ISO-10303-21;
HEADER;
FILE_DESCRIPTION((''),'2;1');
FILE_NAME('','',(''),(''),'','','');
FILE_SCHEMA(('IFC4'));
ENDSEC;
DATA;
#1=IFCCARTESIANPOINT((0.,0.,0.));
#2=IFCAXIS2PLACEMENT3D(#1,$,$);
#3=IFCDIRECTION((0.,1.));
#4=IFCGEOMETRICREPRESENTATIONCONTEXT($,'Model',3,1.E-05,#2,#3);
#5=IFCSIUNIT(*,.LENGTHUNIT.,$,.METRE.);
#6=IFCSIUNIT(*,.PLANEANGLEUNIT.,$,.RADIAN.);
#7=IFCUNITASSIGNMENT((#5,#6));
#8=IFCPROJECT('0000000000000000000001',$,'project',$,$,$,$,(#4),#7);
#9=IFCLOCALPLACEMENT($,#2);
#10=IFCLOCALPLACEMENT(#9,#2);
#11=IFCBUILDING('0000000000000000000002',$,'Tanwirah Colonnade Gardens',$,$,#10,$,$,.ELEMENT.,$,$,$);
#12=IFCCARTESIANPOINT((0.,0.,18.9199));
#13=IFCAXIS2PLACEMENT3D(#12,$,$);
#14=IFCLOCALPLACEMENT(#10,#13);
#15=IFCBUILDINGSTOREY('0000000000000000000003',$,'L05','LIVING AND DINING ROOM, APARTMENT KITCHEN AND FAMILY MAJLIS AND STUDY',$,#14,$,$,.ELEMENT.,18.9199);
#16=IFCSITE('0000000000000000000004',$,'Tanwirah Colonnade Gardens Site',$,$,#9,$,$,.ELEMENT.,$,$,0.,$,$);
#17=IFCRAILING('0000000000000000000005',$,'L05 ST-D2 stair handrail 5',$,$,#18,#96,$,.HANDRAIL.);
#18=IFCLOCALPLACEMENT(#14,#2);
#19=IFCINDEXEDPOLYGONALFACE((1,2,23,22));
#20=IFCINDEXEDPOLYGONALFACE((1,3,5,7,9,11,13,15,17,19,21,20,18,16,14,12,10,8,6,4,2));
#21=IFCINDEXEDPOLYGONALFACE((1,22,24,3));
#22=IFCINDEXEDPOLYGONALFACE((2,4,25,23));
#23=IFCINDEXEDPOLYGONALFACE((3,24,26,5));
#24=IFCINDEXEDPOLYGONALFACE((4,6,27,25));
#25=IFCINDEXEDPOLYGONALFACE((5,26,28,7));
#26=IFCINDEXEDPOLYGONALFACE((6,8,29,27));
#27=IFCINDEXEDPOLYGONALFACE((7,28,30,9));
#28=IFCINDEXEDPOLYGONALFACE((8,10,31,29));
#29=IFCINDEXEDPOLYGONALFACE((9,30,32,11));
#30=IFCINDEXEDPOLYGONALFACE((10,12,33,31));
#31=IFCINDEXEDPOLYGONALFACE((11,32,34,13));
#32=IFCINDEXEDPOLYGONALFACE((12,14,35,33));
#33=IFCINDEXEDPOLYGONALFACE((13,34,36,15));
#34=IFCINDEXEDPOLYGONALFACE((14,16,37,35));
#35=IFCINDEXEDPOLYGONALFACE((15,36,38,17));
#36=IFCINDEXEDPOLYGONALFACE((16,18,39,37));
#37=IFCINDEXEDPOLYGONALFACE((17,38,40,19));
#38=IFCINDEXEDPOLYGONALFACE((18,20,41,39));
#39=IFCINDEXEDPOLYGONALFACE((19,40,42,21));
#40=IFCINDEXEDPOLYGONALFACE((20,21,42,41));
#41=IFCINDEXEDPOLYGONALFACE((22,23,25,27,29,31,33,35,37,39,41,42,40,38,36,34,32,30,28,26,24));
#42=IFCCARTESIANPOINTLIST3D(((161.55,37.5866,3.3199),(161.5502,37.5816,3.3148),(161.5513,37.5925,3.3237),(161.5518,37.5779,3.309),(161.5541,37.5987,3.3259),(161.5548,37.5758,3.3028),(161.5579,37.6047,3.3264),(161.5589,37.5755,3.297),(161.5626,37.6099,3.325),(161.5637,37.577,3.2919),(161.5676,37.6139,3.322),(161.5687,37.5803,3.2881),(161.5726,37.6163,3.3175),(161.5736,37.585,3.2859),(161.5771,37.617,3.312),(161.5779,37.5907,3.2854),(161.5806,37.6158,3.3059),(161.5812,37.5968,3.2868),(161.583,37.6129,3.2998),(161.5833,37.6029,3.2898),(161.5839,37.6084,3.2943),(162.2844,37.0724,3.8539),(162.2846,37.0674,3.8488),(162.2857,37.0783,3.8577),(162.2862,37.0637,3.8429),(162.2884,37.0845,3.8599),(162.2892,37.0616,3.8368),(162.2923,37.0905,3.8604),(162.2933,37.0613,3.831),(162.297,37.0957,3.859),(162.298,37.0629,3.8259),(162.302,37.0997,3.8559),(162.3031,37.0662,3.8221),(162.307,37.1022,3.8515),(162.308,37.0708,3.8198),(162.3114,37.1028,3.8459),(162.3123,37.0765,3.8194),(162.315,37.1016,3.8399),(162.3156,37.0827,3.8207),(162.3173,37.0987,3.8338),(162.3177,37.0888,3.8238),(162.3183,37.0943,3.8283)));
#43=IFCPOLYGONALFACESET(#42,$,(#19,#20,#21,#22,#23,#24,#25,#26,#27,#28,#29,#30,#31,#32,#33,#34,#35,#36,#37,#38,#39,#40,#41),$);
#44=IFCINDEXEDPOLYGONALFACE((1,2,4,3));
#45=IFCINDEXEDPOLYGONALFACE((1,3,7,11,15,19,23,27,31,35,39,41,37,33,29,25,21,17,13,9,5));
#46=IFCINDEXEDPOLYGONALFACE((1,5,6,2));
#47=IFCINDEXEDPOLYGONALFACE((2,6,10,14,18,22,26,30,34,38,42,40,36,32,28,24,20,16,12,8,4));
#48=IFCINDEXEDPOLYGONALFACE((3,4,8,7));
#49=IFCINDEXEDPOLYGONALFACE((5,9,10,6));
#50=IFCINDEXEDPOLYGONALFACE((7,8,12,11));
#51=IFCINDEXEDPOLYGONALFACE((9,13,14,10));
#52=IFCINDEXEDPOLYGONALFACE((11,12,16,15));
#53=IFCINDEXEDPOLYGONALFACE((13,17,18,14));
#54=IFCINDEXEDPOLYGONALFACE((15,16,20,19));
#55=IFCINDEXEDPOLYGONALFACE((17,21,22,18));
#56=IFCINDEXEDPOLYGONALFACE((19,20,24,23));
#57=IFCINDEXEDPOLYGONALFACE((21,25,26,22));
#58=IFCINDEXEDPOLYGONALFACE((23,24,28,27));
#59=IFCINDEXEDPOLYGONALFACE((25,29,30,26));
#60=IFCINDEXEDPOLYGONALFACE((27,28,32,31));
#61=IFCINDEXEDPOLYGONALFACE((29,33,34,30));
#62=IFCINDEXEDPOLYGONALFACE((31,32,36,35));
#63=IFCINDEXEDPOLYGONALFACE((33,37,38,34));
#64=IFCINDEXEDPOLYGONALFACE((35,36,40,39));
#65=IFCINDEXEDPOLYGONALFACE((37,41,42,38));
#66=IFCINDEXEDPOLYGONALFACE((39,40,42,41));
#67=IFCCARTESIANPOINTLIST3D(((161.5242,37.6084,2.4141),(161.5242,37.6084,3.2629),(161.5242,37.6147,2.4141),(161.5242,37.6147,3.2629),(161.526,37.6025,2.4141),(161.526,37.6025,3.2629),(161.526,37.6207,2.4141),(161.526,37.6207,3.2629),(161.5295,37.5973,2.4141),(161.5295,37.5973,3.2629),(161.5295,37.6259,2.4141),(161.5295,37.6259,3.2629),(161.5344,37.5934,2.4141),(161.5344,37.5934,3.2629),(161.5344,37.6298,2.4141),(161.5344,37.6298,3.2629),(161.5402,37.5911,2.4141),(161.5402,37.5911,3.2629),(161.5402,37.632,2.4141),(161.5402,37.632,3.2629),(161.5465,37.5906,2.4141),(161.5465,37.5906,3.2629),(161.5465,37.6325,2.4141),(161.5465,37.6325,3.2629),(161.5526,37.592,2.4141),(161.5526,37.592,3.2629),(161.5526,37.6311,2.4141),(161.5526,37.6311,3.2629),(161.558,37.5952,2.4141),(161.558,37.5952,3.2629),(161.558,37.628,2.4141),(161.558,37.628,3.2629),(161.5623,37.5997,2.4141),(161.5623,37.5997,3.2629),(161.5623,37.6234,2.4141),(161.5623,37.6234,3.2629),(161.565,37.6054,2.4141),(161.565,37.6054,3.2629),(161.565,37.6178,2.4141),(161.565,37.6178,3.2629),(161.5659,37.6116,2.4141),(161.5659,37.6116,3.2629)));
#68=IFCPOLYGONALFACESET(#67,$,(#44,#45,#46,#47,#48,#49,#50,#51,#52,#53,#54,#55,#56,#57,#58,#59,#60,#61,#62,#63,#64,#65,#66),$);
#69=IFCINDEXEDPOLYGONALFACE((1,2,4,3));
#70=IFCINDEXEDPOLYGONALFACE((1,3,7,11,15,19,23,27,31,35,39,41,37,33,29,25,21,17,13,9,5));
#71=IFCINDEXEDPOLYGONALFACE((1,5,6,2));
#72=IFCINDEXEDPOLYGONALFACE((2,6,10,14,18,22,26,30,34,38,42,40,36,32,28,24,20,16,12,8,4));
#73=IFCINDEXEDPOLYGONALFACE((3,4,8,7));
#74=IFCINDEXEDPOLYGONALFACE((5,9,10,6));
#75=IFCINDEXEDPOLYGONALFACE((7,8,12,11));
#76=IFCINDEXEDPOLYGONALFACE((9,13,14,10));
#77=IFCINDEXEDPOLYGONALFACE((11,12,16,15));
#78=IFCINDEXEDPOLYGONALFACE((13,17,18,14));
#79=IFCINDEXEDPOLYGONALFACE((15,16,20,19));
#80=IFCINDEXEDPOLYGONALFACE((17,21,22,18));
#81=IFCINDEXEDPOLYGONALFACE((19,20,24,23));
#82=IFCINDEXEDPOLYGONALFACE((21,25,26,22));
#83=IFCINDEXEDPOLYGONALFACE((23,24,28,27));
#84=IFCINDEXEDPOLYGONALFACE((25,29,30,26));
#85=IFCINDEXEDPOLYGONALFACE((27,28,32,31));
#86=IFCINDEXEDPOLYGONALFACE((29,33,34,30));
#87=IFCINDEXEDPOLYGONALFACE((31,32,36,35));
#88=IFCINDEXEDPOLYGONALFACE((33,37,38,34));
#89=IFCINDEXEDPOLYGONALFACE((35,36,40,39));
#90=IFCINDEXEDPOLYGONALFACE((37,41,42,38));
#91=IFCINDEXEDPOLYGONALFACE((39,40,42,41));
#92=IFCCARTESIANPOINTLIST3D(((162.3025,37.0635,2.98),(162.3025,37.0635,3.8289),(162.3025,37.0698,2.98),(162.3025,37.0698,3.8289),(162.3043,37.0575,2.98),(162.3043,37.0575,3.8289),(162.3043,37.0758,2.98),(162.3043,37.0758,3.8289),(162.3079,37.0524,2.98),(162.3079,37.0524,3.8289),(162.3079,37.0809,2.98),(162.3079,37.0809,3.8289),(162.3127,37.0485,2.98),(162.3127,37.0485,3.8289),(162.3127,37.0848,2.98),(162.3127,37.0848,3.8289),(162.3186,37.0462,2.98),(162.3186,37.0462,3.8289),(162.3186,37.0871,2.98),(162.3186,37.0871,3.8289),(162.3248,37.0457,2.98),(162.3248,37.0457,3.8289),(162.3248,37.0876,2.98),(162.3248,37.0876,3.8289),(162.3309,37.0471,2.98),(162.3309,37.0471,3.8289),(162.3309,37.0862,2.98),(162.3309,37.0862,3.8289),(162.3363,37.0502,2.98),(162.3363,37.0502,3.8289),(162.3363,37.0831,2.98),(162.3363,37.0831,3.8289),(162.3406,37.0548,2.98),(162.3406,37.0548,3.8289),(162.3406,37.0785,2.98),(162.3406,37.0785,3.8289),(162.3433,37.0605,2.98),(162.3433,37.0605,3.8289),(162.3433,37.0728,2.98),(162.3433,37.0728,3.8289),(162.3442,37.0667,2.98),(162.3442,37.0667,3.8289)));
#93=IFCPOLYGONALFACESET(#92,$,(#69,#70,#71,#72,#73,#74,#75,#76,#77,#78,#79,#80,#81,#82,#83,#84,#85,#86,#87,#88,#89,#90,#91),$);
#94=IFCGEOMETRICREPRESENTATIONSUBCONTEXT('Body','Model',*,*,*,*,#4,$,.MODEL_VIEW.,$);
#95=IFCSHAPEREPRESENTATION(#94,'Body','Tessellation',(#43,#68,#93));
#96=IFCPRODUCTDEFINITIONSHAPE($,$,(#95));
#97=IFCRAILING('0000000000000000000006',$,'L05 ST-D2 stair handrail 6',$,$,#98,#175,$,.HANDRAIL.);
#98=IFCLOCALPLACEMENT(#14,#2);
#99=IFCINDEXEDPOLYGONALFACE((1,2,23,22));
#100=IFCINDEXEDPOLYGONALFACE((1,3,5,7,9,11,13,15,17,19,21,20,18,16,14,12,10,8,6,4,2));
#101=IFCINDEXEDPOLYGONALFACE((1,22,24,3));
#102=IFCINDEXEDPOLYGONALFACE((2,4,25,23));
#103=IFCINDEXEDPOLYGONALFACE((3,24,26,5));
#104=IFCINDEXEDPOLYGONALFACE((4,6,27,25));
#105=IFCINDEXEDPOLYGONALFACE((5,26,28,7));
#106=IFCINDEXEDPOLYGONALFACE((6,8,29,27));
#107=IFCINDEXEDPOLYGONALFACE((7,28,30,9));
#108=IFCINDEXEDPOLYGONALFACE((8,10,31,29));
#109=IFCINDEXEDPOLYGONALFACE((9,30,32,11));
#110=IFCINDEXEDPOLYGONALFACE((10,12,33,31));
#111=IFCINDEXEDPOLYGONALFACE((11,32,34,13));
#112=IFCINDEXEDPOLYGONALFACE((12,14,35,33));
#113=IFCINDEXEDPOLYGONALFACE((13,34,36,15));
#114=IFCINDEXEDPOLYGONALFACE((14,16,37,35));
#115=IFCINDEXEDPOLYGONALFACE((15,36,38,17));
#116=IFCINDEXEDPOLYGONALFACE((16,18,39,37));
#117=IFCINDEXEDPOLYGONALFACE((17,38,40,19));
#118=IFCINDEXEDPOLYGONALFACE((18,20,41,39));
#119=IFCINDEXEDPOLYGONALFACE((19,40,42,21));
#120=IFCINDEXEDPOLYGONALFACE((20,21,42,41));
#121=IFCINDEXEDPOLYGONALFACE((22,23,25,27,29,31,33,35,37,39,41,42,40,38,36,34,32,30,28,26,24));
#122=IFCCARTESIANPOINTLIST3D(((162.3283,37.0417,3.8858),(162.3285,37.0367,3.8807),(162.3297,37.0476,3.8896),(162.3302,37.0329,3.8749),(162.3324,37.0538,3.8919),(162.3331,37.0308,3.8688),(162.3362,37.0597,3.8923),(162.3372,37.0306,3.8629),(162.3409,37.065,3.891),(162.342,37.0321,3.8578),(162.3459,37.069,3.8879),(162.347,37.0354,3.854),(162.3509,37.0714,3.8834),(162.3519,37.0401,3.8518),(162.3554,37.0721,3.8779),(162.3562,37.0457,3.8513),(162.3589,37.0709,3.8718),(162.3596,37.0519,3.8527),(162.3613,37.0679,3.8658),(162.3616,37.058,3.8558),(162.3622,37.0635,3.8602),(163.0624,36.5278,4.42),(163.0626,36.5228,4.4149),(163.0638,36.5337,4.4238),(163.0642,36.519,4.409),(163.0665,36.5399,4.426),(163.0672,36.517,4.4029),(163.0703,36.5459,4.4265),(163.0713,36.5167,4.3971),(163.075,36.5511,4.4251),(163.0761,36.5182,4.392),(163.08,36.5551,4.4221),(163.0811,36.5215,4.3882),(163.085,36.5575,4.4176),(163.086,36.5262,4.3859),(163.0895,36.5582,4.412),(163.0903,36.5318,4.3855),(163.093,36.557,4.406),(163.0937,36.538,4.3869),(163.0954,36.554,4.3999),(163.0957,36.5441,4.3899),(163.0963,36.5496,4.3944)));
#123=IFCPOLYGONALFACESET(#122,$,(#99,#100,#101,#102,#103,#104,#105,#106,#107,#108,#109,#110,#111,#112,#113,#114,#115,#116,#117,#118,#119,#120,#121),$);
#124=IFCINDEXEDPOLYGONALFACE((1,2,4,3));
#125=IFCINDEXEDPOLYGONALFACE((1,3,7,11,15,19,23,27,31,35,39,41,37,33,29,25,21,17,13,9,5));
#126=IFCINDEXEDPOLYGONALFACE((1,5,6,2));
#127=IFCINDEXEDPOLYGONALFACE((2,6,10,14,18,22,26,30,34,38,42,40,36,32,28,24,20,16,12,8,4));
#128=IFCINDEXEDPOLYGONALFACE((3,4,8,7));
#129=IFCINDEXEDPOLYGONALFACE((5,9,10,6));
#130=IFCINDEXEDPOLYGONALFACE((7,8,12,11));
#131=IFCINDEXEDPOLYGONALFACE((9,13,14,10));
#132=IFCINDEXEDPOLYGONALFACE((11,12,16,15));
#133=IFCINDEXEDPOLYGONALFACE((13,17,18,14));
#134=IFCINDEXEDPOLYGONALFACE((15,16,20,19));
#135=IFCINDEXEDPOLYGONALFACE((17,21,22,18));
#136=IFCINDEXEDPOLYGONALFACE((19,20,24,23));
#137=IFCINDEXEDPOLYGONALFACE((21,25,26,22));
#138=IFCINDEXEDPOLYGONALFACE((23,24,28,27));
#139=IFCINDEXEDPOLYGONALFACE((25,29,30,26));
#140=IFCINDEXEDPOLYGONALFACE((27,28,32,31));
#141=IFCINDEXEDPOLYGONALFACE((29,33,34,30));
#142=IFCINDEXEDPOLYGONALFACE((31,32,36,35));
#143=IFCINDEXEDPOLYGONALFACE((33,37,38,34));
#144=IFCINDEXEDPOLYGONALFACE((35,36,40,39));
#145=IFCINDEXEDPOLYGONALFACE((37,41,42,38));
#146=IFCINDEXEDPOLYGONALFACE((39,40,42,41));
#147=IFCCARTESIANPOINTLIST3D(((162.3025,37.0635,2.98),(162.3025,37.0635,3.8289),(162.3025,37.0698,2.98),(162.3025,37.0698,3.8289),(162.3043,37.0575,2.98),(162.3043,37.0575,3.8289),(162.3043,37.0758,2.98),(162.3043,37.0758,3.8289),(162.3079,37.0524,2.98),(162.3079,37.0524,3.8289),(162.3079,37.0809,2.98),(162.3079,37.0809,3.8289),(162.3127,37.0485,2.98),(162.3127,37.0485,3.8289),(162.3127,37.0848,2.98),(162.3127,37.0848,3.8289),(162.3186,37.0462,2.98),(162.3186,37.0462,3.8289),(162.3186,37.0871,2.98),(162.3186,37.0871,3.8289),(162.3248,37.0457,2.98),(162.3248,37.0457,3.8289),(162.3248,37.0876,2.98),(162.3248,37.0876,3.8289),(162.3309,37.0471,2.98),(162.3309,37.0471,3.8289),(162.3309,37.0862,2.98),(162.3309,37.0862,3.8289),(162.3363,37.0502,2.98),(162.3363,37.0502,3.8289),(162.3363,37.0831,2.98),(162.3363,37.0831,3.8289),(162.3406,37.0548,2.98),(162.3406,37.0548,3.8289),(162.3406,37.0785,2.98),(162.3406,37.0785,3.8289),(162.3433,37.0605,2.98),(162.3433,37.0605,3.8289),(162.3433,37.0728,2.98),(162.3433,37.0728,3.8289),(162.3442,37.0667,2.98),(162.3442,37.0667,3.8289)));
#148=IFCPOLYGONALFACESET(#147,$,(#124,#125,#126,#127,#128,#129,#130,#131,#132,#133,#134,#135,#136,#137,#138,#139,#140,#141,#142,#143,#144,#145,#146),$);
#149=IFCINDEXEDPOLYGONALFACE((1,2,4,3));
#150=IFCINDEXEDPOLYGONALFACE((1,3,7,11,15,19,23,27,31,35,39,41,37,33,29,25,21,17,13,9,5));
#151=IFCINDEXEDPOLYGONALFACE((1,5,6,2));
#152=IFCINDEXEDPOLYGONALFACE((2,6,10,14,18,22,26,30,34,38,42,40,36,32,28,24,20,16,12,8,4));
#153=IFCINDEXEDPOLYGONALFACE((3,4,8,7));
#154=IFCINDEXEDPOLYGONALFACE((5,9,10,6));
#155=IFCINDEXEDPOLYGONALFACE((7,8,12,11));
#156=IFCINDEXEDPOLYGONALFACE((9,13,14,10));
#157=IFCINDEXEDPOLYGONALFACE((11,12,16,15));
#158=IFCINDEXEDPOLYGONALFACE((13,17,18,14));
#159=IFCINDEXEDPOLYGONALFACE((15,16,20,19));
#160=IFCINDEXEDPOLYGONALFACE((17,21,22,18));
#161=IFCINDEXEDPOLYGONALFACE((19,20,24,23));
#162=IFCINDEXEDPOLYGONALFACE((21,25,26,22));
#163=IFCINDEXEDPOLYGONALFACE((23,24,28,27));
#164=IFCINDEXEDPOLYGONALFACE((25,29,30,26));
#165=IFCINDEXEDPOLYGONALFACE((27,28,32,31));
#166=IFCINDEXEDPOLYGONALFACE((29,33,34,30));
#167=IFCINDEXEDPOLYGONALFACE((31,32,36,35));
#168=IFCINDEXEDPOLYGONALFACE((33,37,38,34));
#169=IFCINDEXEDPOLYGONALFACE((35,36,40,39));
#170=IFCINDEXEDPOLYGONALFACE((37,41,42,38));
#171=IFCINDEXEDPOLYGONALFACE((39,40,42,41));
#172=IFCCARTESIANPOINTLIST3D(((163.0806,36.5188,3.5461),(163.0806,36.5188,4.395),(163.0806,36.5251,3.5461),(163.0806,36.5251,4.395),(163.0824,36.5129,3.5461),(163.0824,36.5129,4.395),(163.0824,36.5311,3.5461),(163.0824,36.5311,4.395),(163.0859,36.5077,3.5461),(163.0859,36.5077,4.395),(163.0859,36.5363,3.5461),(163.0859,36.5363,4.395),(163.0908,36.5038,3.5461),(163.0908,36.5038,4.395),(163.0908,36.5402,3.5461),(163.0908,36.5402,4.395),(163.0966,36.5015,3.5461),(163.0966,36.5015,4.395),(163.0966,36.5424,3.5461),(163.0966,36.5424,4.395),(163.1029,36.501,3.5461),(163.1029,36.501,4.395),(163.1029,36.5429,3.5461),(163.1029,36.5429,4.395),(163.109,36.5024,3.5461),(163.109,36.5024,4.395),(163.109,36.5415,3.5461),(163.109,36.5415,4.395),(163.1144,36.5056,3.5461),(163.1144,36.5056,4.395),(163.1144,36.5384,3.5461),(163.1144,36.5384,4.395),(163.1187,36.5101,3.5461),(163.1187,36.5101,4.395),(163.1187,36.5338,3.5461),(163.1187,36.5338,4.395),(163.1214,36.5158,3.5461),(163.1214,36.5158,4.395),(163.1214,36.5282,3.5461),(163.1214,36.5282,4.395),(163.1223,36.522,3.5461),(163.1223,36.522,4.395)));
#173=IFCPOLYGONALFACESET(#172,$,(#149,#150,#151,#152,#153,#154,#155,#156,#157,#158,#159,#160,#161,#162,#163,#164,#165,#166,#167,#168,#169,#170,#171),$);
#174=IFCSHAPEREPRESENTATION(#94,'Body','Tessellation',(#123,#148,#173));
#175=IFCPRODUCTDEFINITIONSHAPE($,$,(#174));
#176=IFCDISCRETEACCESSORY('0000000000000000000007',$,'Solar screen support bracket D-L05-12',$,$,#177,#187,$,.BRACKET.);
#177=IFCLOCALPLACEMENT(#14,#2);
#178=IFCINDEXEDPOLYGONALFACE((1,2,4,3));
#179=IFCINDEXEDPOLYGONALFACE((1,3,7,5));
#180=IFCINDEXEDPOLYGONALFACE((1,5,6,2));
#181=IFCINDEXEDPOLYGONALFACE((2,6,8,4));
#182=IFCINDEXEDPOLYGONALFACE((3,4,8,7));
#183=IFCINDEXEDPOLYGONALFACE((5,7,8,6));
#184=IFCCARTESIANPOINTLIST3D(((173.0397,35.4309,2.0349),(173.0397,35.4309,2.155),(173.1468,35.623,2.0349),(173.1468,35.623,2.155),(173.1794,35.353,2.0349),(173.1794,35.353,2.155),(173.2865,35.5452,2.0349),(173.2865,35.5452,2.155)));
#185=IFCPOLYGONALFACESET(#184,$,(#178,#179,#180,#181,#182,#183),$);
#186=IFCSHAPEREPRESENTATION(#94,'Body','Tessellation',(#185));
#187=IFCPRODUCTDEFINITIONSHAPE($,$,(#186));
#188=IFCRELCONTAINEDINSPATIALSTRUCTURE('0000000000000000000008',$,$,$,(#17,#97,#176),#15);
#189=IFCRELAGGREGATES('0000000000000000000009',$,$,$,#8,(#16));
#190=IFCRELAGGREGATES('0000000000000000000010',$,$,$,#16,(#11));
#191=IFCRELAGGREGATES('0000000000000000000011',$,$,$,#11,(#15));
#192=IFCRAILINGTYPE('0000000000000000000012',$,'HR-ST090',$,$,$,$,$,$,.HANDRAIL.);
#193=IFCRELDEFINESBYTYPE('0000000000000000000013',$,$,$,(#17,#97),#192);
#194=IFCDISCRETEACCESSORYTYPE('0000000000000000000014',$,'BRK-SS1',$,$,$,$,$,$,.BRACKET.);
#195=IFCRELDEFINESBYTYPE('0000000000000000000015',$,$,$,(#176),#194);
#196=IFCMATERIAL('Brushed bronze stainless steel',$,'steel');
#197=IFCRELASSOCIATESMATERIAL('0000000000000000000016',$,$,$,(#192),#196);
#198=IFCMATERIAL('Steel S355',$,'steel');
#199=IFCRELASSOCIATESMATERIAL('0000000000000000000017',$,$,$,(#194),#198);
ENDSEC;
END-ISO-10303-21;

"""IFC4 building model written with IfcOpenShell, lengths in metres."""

from ifc_helpers import new_model, si_unit, direction, frame, origin, origin_2d, place, context, subcontext, project, spatial, rectangle, circle, extrude, material, type_object, element, save


model = new_model("IFC4")

# Units and contexts
model_context = context("Model", 3, precision=1e-05, world=origin(), true_north=direction((0.0, 1.0)))
body_context = subcontext(model_context, "Body", "Model", "MODEL_VIEW")
ifc_project = project(units=[si_unit("LENGTHUNIT", "METRE"), si_unit("PLANEANGLEUNIT", "RADIAN")], contexts=[model_context])

# Site, building, storey
site_placement = place(None, origin())
site = spatial("IfcSite", under=ifc_project, at=site_placement, Name="Tanwirah Colonnade Gardens Site", CompositionType="ELEMENT", RefElevation=0.0)
building_placement = place(site_placement, origin())
building = spatial("IfcBuilding", under=site, at=building_placement, Name="Tanwirah Colonnade Gardens", CompositionType="ELEMENT")
storey_placement = place(building_placement, frame((0.0, 0.0, 18.9199)))
storey = spatial("IfcBuildingStorey", under=building, at=storey_placement, Name="L05", Description="LIVING AND DINING ROOM, APARTMENT KITCHEN AND FAMILY MAJLIS AND STUDY", CompositionType="ELEMENT", Elevation=18.9199)

# Railings
ifc_material_1 = material(Name="Brushed bronze stainless steel", Category="steel")
railing_type_1 = type_object("IfcRailingType", Name="HR-ST090", PredefinedType="HANDRAIL", material=ifc_material_1)
railing_1_placement = place(storey_placement, frame((161.5449, 37.6116, 2.4141)))
element("IfcRailing", 1, at=railing_1_placement, inside=storey, type_object=railing_type_1, Name="L05 ST-D2 stair handrail 5", PredefinedType="HANDRAIL", context=body_context, shape_type="SweptSolid", body=[
    extrude(circle(Radius=0.0239, at=origin_2d()), frame((0.022, -0.0154, 0.8918), z_axis=(0.703797, -0.492747, 0.511732), x_axis=(0.573531, 0.819184, 0.0)), (0.0, 0.0, 1.0), 1.0435),
    extrude(circle(Radius=0.021, at=origin_2d()), origin(), (0.0, 0.0, 1.0), 0.8489),
    extrude(circle(Radius=0.021, at=origin_2d()), frame((0.7783, -0.5449, 0.5659)), (0.0, 0.0, 1.0), 0.8489),
])
railing_2_placement = place(storey_placement, frame((162.3232, 37.0667, 2.98)))
element("IfcRailing", 2, at=railing_2_placement, inside=storey, type_object=railing_type_1, Name="L05 ST-D2 stair handrail 6", PredefinedType="HANDRAIL", context=body_context, shape_type="SweptSolid", body=[
    extrude(circle(Radius=0.0239, at=origin_2d()), frame((0.022, -0.0154, 0.8918), z_axis=(0.703683, -0.4926, 0.51203), x_axis=(0.57348, 0.81922, 0.0)), (0.0, 0.0, 1.0), 1.0432),
    extrude(circle(Radius=0.021, at=origin_2d()), origin(), (0.0, 0.0, 1.0), 0.8489),
    extrude(circle(Radius=0.021, at=origin_2d()), frame((0.7781, -0.5447, 0.5662)), (0.0, 0.0, 1.0), 0.8489),
])

# Discrete accessory
ifc_material_2 = material(Name="Steel S355", Category="steel")
discrete_accessory_type = type_object("IfcDiscreteAccessoryType", Name="BRK-SS1", PredefinedType="BRACKET", material=ifc_material_2)
discrete_accessory_placement = place(storey_placement, frame((173.1631, 35.488, 2.0349), z_axis=(0.0, 0.0, 1.0), x_axis=(0.486717, 0.873559, 0.0)))
element("IfcDiscreteAccessory", 3, at=discrete_accessory_placement, inside=storey, type_object=discrete_accessory_type, Name="Solar screen support bracket D-L05-12", PredefinedType="BRACKET", context=body_context, shape_type="SweptSolid", body=[
    extrude(rectangle(XDim=0.22, YDim=0.1599, at=origin_2d()), origin(), (0.0, 0.0, 1.0), 0.1201),
])

save(model, "model.ifc")
